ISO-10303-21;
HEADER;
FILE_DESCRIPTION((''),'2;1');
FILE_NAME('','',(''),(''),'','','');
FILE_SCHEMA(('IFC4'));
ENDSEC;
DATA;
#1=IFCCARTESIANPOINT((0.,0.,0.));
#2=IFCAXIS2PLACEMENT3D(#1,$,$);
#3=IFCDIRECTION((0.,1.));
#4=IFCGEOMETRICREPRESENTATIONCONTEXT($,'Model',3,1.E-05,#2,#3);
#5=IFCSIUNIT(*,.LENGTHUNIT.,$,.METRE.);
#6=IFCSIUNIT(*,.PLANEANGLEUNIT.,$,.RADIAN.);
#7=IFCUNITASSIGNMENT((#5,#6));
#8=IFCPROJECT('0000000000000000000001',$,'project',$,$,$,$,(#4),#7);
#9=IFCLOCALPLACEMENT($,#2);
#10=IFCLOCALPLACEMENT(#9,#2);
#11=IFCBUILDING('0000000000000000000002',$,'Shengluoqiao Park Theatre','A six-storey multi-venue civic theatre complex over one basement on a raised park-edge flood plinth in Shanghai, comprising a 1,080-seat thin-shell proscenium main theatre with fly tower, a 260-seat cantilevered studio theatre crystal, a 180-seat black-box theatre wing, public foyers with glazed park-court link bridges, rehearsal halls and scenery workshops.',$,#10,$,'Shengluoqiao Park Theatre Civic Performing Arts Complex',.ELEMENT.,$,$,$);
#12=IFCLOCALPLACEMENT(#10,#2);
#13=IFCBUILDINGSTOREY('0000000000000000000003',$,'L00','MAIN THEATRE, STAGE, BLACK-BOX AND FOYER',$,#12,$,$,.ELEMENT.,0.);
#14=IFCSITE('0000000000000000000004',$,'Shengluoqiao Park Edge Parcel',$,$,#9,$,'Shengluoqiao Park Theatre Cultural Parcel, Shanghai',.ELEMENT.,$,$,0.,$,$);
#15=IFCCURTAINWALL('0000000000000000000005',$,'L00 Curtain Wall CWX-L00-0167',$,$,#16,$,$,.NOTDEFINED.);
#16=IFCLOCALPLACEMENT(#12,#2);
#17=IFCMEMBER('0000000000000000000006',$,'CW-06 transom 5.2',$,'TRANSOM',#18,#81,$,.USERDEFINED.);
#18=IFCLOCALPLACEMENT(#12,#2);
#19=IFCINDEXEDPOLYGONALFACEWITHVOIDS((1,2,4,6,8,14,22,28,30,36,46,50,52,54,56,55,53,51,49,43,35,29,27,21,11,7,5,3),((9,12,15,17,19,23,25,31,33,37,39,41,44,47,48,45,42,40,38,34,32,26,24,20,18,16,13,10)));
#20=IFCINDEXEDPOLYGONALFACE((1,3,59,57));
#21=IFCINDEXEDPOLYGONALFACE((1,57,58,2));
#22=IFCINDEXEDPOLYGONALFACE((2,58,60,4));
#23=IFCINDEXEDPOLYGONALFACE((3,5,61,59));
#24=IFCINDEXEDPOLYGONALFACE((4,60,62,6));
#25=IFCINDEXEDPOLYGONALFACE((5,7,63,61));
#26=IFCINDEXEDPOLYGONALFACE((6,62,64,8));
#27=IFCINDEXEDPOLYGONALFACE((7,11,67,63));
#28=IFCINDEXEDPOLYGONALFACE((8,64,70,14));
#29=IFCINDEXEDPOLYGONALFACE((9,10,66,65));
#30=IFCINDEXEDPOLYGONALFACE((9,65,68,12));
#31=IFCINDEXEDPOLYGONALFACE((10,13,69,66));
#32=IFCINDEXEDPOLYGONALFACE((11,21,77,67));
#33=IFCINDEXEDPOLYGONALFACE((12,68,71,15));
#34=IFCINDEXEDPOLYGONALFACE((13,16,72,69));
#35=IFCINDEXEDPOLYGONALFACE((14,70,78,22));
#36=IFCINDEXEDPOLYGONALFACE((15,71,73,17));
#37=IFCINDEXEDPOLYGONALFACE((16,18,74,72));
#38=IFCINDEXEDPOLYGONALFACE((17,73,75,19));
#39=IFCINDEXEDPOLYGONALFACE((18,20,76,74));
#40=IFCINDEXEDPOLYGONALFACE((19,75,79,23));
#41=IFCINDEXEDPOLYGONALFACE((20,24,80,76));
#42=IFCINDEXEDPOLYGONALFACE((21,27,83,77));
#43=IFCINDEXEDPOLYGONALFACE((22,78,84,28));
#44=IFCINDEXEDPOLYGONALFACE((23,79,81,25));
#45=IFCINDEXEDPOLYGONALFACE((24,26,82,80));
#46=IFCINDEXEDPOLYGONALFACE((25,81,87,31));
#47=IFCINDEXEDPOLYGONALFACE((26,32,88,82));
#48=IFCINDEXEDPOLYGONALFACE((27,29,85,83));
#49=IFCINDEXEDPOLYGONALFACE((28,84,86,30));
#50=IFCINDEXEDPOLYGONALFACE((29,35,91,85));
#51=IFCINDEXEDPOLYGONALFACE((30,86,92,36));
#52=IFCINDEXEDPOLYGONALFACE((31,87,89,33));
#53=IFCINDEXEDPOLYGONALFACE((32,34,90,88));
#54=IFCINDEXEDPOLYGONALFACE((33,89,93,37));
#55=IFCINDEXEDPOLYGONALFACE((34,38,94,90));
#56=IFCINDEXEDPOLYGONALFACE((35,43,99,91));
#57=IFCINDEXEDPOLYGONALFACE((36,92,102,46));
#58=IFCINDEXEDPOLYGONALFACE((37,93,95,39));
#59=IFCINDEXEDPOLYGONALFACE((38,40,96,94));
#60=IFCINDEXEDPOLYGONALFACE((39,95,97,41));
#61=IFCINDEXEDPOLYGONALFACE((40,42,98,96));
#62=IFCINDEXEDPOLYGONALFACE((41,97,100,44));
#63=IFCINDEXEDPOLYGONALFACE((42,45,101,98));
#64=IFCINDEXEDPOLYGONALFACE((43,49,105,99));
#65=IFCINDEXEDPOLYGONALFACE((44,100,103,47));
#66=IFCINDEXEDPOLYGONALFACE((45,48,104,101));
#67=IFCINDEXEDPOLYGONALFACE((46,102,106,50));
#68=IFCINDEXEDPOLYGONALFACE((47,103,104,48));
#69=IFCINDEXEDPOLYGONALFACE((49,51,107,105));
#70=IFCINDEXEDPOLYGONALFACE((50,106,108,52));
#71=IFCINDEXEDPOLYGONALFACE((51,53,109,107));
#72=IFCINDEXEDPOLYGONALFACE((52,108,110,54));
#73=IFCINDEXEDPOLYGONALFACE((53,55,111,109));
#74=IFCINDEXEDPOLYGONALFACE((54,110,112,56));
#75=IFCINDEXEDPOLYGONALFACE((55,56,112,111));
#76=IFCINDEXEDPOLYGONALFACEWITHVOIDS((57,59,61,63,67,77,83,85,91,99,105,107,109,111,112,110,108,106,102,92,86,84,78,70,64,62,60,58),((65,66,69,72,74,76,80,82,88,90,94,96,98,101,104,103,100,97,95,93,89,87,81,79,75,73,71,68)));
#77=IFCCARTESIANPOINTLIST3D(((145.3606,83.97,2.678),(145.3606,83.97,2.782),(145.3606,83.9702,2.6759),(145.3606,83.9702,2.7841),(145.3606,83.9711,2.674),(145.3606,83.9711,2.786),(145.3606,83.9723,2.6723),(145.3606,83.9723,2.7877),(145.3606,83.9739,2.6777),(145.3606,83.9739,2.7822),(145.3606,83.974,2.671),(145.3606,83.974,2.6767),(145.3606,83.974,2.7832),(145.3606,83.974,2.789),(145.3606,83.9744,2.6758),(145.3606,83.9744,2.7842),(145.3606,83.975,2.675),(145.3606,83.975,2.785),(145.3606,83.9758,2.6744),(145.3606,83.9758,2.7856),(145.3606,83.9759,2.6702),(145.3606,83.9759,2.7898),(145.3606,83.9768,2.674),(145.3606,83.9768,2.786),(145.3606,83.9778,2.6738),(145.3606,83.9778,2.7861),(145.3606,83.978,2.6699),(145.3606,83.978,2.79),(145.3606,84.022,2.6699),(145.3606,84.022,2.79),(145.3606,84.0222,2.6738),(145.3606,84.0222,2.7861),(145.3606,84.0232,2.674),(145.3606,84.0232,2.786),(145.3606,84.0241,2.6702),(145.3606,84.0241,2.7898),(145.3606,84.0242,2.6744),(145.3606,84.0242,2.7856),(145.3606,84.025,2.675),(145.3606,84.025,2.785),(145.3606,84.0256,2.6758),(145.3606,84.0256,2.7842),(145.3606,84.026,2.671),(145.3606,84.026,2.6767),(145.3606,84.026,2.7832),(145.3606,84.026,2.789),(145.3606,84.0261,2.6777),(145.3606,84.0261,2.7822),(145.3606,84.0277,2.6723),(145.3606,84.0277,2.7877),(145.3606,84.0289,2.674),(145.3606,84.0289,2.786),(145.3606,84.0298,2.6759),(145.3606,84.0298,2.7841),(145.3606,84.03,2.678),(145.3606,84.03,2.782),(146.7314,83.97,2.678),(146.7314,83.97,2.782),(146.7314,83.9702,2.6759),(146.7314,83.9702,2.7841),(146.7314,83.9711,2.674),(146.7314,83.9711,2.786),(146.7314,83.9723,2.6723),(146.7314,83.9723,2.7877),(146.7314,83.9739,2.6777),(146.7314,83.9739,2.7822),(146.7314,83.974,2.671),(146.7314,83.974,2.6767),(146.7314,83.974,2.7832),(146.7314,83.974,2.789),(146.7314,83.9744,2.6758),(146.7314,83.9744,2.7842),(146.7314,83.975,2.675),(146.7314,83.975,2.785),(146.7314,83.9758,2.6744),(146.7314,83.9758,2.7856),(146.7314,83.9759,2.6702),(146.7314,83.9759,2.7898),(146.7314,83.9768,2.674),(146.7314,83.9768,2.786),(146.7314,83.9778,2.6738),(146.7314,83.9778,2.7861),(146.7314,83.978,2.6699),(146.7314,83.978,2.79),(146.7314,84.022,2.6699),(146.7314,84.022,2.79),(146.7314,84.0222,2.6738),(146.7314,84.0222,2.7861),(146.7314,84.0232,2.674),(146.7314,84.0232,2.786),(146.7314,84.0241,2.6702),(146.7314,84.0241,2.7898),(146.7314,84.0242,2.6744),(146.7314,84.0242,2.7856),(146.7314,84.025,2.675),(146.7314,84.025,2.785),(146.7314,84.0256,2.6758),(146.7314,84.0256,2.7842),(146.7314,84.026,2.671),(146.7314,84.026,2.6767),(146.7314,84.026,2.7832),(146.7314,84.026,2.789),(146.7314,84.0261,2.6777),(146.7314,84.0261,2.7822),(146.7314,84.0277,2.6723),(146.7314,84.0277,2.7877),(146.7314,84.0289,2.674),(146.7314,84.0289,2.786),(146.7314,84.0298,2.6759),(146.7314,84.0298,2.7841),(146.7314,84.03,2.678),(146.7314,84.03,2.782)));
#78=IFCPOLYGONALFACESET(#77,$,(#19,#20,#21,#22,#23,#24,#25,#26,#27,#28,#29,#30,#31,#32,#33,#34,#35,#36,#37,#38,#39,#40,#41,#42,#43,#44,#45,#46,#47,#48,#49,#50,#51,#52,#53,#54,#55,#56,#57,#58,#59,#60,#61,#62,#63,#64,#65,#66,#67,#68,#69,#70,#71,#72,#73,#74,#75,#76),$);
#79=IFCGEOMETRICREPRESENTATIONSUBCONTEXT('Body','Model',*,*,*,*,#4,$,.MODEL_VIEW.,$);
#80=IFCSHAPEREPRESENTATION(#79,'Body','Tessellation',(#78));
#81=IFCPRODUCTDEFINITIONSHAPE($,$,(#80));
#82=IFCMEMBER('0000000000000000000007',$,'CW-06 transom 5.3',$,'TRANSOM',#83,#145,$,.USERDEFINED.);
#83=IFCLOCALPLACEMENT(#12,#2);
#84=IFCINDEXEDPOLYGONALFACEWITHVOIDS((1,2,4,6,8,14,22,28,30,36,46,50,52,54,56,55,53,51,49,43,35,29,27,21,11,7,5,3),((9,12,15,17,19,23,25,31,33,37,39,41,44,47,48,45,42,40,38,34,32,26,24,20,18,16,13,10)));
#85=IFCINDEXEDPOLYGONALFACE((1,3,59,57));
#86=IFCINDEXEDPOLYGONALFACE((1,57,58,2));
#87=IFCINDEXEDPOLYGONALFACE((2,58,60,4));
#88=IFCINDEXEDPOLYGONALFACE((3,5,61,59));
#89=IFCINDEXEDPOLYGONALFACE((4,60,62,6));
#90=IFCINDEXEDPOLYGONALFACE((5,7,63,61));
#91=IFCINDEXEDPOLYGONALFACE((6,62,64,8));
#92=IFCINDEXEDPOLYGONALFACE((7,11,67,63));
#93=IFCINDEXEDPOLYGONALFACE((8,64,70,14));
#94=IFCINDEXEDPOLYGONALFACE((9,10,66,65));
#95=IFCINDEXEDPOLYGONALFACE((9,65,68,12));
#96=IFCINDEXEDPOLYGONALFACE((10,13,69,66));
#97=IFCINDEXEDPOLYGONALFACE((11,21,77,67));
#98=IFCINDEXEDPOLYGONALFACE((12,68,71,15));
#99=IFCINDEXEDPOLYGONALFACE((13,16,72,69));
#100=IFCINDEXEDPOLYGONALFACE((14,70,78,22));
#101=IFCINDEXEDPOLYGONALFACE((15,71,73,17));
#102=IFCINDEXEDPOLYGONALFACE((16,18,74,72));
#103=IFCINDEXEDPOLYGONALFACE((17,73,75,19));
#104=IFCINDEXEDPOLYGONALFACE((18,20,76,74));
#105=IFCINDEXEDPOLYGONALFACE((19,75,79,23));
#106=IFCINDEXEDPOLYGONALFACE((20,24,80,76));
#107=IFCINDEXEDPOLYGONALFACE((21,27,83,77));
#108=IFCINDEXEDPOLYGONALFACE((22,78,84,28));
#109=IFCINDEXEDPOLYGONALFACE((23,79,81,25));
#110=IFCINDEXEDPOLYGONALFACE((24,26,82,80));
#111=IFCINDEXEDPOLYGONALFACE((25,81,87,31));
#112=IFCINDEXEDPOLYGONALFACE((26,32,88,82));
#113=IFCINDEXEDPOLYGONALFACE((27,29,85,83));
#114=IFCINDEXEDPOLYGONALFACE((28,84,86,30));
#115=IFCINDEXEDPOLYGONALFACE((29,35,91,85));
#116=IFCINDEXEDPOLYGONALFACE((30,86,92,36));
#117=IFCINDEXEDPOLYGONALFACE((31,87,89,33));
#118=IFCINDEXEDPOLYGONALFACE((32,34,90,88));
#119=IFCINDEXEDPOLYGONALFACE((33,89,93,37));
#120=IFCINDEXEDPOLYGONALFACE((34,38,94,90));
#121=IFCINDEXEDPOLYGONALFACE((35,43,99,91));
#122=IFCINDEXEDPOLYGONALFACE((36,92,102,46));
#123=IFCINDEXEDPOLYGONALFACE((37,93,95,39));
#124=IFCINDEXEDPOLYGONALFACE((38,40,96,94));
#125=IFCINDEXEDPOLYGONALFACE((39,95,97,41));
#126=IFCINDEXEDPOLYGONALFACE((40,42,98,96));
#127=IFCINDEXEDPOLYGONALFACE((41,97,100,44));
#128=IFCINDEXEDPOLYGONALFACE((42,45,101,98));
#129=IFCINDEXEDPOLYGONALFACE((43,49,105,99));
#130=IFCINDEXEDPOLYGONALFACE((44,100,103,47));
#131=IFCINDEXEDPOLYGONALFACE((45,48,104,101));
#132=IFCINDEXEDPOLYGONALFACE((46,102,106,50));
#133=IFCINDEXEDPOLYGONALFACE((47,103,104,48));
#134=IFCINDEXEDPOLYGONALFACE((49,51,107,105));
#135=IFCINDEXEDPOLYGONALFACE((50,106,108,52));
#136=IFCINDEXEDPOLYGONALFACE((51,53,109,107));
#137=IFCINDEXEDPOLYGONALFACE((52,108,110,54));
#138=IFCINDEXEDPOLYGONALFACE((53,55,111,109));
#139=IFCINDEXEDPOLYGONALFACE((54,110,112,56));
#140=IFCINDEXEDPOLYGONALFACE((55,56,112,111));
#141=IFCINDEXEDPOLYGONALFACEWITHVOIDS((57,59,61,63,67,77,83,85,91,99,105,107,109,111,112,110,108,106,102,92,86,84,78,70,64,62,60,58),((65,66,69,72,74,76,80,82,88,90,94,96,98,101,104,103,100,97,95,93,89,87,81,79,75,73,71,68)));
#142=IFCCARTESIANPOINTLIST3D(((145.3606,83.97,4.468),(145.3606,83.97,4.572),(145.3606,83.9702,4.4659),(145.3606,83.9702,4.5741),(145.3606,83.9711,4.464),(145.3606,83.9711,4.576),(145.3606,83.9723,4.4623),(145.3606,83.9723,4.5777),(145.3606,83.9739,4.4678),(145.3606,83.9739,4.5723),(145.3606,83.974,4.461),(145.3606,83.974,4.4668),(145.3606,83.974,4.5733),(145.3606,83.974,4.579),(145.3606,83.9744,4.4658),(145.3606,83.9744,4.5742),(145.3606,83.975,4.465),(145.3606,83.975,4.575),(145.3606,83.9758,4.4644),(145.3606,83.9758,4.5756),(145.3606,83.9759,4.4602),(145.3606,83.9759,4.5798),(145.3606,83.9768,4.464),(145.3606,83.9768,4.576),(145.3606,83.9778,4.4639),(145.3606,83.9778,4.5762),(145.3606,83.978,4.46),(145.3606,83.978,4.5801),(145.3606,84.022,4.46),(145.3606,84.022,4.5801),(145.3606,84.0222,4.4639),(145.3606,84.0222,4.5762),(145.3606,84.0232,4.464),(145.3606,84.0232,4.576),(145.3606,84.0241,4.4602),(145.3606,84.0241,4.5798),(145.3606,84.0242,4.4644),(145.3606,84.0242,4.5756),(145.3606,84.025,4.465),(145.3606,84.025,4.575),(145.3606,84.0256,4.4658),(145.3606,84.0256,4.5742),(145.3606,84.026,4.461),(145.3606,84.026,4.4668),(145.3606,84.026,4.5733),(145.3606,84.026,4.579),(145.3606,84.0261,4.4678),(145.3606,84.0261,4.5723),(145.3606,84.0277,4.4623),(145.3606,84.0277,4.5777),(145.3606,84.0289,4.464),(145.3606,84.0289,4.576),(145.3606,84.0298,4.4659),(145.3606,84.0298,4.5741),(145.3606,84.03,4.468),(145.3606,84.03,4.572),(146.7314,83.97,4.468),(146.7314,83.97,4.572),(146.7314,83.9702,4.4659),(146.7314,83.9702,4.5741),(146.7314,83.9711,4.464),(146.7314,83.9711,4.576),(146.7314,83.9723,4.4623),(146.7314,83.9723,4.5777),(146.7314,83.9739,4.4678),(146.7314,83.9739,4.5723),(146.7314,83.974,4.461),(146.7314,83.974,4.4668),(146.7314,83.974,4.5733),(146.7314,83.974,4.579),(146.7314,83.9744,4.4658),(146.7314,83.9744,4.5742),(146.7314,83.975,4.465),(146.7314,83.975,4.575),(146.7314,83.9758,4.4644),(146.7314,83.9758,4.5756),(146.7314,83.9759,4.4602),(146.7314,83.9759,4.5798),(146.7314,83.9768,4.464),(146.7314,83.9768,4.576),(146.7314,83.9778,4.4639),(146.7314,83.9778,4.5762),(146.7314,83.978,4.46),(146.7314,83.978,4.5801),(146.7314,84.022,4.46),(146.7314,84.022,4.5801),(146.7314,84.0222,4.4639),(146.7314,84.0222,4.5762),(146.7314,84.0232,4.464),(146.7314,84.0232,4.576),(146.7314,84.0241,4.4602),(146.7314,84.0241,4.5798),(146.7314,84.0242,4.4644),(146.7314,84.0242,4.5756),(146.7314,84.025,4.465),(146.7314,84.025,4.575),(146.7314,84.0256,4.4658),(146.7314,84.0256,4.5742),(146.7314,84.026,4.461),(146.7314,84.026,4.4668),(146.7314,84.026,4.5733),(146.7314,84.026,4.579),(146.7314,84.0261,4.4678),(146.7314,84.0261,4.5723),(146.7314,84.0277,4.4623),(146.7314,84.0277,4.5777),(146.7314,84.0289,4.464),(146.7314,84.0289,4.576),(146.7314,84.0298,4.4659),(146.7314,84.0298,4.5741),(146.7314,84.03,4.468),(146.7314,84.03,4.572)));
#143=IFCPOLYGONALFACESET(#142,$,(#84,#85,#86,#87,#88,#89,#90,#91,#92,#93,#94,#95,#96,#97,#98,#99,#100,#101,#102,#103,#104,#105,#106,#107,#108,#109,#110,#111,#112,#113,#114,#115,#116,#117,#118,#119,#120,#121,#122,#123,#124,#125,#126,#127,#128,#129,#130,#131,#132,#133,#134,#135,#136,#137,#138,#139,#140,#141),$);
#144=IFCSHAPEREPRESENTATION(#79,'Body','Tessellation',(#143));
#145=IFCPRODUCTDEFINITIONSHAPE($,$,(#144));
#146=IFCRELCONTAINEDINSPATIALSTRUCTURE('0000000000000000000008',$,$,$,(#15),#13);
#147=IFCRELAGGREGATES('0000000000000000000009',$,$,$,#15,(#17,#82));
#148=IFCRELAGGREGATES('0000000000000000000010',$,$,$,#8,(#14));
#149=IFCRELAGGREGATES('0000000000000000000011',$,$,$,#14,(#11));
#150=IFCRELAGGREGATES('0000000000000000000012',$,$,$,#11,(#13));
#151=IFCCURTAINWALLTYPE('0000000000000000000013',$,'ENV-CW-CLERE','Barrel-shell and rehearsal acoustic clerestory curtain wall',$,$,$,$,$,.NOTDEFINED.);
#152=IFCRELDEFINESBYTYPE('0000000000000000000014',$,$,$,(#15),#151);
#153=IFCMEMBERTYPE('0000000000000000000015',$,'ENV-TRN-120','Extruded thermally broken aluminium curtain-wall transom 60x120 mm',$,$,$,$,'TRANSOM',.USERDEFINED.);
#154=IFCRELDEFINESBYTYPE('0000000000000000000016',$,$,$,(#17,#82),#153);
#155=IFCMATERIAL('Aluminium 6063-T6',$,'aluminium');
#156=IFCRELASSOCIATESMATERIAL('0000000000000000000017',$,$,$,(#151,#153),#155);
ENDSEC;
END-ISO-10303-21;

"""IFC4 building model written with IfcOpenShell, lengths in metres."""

from ifc_helpers import new_model, si_unit, direction, frame, origin, origin_2d, place, context, subcontext, project, spatial, hollow_rectangle, extrude, material, material_profile, profile_set, type_object, element, aggregate, save


model = new_model("IFC4")

# Units and contexts
model_context = context("Model", 3, precision=1e-05, world=origin(), true_north=direction((0.0, 1.0)))
body_context = subcontext(model_context, "Body", "Model", "MODEL_VIEW")
ifc_project = project(units=[si_unit("LENGTHUNIT", "METRE"), si_unit("PLANEANGLEUNIT", "RADIAN")], contexts=[model_context])

# Site, building, storey
site_placement = place(None, origin())
site = spatial("IfcSite", under=ifc_project, at=site_placement, Name="Shengluoqiao Park Edge Parcel", LongName="Shengluoqiao Park Theatre Cultural Parcel, Shanghai", CompositionType="ELEMENT", RefElevation=0.0)
building_placement = place(site_placement, origin())
building = spatial("IfcBuilding", under=site, at=building_placement, Name="Shengluoqiao Park Theatre", Description="A six-storey multi-venue civic theatre complex over one basement on a raised park-edge flood plinth in Shanghai, comprising a 1,080-seat thin-shell proscenium main theatre with fly tower, a 260-seat cantilevered studio theatre crystal, a 180-seat black-box theatre wing, public foyers with glazed park-court link bridges, rehearsal halls and scenery workshops.", LongName="Shengluoqiao Park Theatre Civic Performing Arts Complex", CompositionType="ELEMENT")
storey_placement = place(building_placement, origin())
storey = spatial("IfcBuildingStorey", under=building, at=storey_placement, Name="L00", Description="MAIN THEATRE, STAGE, BLACK-BOX AND FOYER", CompositionType="ELEMENT", Elevation=0.0)

# Curtain wall
ifc_material_1 = material(Name="Aluminium 6063-T6", Category="aluminium")
curtain_wall_type_1 = type_object("IfcCurtainWallType", Name="ENV-CW-CLERE", Description="Barrel-shell and rehearsal acoustic clerestory curtain wall", PredefinedType="NOTDEFINED", material=ifc_material_1)
curtain_wall_1_placement = place(storey_placement, origin())
curtain_wall_1 = element("IfcCurtainWall", 1, at=curtain_wall_1_placement, inside=storey, type_object=curtain_wall_type_1, Name="L00 Curtain Wall CWX-L00-0167", PredefinedType="NOTDEFINED")

# Members
ifc_material_profile_1 = material_profile(ifc_material_1, hollow_rectangle(XDim=0.0601, YDim=0.1201, WallThickness=0.0039, InnerFilletRadius=0.0039, OuterFilletRadius=0.0081, at=origin_2d()), Name="ALU TRANSOM 120x60x4")
ifc_profile_set_1 = profile_set([ifc_material_profile_1], Name="Aluminium 6063-T6")
member_type_1 = type_object("IfcMemberType", Name="ENV-TRN-120", Description="Extruded thermally broken aluminium curtain-wall transom 60x120 mm", ElementType="TRANSOM", PredefinedType="USERDEFINED", material=ifc_profile_set_1)
member_1_placement = place(storey_placement, frame((145.3606, 84.0, 2.73), z_axis=(1.0, 0.0, 0.0), x_axis=(0.0, 1.0, 0.0)))
member_1 = element("IfcMember", 2, at=member_1_placement, type_object=member_type_1, Name="CW-06 transom 5.2", ObjectType="TRANSOM", PredefinedType="USERDEFINED", context=body_context, shape_type="SweptSolid", body=[
    extrude(hollow_rectangle(XDim=0.0601, YDim=0.1201, WallThickness=0.0039, InnerFilletRadius=0.0039, OuterFilletRadius=0.0081, at=origin_2d()), origin(), (0.0, 0.0, 1.0), 1.3708),
])
member_2_placement = place(storey_placement, frame((145.3606, 84.0, 4.52), z_axis=(1.0, 0.0, 0.0), x_axis=(0.0, 1.0, 0.0)))
member_2 = element("IfcMember", 3, at=member_2_placement, type_object=member_type_1, Name="CW-06 transom 5.3", ObjectType="TRANSOM", PredefinedType="USERDEFINED", context=body_context, shape_type="SweptSolid", body=[
    extrude(hollow_rectangle(XDim=0.0601, YDim=0.1201, WallThickness=0.0039, InnerFilletRadius=0.0039, OuterFilletRadius=0.0081, at=origin_2d()), origin(), (0.0, 0.0, 1.0), 1.3708),
])

aggregate(curtain_wall_1, [member_1, member_2])

save(model, "model.ifc")
